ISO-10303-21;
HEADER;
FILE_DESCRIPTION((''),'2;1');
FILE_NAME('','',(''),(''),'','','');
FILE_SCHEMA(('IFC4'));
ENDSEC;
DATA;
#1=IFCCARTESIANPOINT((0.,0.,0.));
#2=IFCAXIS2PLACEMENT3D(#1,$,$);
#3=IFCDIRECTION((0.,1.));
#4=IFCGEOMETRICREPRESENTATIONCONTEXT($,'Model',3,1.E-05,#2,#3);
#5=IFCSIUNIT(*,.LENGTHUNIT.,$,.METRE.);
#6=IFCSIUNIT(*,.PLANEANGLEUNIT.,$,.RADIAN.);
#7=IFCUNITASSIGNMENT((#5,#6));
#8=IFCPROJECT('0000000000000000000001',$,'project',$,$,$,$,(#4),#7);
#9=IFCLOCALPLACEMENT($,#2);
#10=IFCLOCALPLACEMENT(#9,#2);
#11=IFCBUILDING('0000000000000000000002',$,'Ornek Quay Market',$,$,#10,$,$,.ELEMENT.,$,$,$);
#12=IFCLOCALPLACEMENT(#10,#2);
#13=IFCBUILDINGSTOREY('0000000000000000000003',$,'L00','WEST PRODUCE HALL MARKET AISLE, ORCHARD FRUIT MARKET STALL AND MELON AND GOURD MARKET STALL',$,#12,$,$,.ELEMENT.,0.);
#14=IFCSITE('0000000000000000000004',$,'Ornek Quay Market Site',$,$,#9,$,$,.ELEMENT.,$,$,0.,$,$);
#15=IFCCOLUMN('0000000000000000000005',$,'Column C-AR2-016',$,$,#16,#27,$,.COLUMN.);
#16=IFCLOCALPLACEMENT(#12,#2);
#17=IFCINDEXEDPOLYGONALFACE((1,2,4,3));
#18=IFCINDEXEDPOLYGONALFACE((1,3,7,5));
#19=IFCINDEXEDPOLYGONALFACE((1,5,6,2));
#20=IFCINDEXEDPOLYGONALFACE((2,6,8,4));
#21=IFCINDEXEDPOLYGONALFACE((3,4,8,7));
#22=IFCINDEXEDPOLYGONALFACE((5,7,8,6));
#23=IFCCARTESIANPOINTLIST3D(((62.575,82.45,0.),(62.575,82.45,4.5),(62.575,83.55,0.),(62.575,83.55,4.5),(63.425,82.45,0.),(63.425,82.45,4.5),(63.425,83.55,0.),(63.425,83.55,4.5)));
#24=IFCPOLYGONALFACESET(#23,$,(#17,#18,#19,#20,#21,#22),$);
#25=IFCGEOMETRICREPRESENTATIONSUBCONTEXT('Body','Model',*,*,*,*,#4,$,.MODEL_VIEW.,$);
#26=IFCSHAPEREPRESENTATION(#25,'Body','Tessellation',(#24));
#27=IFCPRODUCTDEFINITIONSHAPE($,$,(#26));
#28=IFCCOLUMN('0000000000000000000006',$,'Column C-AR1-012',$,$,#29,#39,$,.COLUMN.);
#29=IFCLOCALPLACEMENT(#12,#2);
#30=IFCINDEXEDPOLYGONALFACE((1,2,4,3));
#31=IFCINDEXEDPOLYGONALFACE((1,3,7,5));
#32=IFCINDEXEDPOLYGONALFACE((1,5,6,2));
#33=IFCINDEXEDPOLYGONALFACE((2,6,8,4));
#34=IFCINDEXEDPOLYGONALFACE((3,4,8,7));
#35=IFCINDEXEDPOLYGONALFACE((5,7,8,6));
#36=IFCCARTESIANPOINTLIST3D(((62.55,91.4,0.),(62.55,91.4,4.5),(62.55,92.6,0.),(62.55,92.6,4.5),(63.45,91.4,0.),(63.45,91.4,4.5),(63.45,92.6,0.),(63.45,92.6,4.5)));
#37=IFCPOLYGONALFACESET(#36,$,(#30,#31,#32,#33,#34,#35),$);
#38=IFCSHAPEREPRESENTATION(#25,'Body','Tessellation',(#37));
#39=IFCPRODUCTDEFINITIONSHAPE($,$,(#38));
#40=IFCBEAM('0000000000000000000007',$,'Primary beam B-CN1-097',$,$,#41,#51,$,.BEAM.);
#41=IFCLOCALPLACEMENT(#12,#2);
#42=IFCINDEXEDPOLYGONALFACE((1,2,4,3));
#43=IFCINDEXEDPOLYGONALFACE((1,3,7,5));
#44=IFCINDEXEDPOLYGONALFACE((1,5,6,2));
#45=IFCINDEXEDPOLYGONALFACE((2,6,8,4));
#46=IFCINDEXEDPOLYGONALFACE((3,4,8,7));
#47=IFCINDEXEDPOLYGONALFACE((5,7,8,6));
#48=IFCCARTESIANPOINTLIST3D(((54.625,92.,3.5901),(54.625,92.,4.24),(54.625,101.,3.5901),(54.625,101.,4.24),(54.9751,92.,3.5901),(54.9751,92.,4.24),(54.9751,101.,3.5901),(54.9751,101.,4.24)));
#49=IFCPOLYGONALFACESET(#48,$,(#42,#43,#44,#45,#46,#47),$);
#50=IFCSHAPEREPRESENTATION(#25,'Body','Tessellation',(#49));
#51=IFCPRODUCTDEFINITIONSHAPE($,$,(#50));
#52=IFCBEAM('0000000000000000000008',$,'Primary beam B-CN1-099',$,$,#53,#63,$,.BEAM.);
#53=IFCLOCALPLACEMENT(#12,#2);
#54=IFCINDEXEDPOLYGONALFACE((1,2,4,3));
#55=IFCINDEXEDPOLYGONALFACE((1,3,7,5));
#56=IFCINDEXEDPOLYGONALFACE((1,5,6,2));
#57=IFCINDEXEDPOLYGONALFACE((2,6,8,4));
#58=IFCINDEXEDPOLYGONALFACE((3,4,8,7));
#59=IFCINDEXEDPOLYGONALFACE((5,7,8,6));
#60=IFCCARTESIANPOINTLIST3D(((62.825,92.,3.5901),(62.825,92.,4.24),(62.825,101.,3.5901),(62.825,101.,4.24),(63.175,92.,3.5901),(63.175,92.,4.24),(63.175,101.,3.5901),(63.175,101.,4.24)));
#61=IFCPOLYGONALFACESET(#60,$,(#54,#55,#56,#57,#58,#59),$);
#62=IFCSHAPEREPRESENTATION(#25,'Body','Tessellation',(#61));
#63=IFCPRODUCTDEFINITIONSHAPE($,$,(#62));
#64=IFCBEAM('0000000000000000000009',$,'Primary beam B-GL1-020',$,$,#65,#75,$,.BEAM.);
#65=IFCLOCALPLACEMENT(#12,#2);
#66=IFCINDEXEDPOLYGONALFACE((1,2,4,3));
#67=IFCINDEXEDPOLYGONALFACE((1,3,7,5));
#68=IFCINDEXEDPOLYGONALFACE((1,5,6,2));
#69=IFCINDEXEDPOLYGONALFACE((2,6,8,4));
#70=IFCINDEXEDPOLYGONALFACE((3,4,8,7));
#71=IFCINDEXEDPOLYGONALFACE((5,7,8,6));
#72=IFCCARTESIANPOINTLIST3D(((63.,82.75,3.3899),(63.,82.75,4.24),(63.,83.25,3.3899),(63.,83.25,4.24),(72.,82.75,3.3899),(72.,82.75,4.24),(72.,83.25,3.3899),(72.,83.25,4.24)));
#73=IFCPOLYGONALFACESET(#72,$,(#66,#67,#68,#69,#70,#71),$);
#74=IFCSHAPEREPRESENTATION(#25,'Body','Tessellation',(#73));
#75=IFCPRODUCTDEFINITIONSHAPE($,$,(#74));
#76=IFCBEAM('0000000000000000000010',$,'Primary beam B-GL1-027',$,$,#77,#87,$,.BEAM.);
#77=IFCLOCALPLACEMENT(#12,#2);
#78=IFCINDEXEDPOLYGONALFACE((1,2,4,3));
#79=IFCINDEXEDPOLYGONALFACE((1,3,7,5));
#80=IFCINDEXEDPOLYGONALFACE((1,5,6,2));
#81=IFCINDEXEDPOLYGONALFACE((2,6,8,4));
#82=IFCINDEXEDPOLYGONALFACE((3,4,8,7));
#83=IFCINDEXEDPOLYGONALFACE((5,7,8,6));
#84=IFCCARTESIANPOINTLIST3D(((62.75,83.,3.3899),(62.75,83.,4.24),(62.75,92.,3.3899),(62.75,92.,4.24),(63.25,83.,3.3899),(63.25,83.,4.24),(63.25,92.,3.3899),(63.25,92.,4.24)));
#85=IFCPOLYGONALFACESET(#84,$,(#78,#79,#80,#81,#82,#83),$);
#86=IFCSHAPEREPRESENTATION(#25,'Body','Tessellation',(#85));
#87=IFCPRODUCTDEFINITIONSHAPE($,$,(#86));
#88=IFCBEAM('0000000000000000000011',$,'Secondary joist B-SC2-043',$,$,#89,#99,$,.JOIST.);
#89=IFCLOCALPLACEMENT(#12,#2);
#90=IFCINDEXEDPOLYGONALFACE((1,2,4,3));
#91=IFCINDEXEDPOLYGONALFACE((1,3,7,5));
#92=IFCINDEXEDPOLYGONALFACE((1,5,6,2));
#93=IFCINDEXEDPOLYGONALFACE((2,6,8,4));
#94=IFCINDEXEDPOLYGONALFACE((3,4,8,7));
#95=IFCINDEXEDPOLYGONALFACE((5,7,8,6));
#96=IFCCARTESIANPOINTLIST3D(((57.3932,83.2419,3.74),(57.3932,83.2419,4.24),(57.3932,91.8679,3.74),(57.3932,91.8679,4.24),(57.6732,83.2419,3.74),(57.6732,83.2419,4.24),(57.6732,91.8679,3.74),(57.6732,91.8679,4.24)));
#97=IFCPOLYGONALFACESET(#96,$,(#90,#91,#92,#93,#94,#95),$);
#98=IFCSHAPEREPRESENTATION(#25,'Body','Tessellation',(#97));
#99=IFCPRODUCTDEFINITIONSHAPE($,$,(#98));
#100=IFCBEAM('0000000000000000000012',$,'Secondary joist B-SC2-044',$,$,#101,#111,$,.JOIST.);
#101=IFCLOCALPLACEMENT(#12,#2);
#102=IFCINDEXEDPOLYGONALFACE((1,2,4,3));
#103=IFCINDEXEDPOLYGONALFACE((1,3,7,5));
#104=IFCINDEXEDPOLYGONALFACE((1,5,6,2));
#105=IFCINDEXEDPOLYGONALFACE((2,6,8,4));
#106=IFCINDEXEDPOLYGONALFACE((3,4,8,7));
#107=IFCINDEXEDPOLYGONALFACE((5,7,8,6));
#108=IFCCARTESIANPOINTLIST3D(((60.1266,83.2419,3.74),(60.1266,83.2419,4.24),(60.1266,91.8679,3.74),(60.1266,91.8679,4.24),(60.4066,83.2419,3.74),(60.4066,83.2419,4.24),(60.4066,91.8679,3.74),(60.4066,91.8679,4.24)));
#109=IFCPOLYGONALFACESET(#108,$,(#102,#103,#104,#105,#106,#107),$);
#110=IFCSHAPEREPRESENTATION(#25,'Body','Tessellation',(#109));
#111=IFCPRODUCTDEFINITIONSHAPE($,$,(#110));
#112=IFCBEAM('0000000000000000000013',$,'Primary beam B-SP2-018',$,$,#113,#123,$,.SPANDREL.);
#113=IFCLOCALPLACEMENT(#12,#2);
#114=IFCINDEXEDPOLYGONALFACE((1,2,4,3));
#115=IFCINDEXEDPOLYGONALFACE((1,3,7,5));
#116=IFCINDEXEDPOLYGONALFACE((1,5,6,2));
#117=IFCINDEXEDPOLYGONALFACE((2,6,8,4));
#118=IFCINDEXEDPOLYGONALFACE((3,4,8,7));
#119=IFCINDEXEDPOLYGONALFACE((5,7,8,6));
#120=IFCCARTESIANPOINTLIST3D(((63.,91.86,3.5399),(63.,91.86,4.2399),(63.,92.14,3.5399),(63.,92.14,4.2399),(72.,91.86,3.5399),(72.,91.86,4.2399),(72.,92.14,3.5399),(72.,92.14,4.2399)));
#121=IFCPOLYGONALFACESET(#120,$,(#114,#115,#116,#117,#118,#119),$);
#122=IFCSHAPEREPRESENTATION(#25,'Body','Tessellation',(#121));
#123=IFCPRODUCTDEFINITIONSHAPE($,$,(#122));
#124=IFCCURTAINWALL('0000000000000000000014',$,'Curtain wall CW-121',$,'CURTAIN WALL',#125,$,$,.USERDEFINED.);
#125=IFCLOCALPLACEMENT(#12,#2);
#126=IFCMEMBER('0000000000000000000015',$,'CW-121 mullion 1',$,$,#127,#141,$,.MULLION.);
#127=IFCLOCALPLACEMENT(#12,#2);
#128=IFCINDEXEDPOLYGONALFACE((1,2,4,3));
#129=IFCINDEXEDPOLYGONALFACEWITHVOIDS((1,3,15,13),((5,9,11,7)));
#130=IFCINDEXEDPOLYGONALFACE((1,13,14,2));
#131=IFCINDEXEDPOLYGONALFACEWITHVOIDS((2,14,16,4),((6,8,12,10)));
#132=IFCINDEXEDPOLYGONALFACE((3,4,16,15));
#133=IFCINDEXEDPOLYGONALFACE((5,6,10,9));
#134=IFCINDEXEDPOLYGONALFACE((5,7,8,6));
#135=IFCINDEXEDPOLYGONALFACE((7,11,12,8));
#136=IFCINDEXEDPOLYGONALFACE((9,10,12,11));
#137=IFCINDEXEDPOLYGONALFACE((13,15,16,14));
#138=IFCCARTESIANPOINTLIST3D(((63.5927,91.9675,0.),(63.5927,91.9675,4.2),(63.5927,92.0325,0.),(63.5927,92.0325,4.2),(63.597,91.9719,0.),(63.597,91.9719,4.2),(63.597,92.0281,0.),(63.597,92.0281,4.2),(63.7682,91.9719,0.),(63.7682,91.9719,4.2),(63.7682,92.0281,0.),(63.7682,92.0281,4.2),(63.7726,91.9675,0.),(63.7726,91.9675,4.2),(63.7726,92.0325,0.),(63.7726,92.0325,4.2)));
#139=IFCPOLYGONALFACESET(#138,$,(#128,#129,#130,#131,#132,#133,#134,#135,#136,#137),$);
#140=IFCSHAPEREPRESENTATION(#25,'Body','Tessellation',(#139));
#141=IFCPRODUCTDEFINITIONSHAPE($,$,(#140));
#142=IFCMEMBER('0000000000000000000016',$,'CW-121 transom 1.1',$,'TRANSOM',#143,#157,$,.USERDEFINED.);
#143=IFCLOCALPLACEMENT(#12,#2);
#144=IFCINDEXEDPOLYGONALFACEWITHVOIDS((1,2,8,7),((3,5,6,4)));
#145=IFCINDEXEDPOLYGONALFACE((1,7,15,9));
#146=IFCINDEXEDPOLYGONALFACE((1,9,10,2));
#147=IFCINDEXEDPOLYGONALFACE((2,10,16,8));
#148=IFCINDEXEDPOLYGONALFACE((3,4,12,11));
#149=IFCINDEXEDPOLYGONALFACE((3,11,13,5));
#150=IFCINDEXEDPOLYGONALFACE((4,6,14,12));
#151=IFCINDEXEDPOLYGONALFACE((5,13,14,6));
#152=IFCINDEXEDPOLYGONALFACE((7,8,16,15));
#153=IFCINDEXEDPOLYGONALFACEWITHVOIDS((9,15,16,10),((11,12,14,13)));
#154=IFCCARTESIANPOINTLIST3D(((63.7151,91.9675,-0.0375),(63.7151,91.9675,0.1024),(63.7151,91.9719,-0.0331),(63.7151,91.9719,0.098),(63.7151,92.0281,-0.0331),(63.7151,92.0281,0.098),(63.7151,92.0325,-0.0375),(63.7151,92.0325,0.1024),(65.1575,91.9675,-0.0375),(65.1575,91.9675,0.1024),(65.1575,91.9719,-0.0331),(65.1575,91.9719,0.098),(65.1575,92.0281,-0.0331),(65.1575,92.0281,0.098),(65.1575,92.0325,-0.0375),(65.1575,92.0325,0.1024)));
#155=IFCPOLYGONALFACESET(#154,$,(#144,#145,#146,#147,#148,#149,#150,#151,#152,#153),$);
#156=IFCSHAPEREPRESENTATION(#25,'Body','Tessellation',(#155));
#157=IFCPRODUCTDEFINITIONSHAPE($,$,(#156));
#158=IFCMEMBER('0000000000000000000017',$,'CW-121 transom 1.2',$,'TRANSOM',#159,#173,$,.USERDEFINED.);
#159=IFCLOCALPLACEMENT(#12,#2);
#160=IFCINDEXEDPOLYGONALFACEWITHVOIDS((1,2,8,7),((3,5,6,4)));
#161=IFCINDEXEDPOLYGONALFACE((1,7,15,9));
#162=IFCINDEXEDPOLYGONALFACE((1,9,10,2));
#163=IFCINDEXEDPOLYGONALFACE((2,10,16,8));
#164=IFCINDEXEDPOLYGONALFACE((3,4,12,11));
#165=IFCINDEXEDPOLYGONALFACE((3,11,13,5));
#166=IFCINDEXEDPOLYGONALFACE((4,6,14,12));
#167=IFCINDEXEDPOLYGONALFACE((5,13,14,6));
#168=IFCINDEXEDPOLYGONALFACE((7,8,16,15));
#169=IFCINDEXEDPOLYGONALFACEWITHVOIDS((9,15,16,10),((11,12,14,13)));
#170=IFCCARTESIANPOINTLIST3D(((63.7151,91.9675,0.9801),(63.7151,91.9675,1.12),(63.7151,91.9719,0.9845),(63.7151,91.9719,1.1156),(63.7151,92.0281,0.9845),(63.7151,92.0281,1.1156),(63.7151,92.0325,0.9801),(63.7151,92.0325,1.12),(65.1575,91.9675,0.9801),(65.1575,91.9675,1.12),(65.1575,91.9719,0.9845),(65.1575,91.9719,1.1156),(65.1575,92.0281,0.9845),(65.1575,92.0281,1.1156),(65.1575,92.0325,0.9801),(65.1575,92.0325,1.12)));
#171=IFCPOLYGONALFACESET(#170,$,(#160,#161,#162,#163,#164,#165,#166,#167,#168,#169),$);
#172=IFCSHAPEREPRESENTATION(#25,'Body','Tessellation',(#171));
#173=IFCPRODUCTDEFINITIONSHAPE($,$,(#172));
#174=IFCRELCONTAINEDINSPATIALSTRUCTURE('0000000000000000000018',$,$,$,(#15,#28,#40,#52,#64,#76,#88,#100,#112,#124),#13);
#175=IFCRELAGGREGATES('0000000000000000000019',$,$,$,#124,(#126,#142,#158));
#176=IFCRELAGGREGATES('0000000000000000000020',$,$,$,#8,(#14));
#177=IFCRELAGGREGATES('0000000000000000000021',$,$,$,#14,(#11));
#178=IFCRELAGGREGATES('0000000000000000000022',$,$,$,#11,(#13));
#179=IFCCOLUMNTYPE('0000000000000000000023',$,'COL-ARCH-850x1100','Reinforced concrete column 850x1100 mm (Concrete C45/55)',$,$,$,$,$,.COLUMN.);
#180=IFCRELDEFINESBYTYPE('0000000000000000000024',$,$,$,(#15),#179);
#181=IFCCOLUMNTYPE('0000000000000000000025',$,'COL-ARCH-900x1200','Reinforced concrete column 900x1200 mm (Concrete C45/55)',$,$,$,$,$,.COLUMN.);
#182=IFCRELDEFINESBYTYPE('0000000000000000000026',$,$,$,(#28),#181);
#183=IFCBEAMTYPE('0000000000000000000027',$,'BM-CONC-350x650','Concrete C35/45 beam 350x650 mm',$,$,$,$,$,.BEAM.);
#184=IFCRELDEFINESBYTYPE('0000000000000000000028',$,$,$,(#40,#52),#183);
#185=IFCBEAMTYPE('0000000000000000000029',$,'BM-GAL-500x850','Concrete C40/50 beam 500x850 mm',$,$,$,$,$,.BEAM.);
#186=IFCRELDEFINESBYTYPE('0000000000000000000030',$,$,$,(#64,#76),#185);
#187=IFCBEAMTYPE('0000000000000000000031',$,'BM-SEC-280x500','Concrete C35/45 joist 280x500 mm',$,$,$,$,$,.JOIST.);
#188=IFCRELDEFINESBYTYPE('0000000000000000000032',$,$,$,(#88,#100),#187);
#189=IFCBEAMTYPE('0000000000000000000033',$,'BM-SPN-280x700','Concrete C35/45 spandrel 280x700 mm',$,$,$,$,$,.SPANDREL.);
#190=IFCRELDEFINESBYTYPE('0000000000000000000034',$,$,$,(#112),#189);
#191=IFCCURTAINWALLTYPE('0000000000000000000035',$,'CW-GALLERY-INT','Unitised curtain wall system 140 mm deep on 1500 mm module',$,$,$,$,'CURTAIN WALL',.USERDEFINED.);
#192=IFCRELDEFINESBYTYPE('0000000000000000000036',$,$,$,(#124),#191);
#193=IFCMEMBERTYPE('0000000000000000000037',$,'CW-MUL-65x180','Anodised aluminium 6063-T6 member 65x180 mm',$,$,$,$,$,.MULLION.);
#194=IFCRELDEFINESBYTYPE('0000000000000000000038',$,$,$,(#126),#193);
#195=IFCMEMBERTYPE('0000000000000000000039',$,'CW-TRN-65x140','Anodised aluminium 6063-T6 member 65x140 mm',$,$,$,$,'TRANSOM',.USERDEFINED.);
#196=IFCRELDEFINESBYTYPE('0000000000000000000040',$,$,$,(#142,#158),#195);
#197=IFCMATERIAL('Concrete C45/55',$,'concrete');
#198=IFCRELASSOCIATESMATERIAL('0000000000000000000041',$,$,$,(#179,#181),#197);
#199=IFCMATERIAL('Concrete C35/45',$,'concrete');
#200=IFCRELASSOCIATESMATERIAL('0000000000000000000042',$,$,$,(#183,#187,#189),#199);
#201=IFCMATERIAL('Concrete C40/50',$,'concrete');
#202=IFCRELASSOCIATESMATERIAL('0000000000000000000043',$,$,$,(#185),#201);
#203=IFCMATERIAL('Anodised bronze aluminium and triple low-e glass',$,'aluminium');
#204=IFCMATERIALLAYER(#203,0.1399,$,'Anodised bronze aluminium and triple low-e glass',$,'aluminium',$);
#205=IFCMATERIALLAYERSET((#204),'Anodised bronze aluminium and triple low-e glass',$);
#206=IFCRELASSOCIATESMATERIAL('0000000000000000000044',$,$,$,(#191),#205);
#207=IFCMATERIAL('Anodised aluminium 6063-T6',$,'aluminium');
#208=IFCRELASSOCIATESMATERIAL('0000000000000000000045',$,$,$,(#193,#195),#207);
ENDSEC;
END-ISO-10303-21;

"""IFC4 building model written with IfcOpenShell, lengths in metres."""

from ifc_helpers import new_model, si_unit, direction, frame, origin, origin_2d, place, context, subcontext, project, spatial, rectangle, hollow_rectangle, extrude, material, layer, layer_set, material_profile, profile_set, type_object, element, aggregate, save


model = new_model("IFC4")

# Units and contexts
model_context = context("Model", 3, precision=1e-05, world=origin(), true_north=direction((0.0, 1.0)))
body_context = subcontext(model_context, "Body", "Model", "MODEL_VIEW")
ifc_project = project(units=[si_unit("LENGTHUNIT", "METRE"), si_unit("PLANEANGLEUNIT", "RADIAN")], contexts=[model_context])

# Site, building, storey
site_placement = place(None, origin())
site = spatial("IfcSite", under=ifc_project, at=site_placement, Name="Ornek Quay Market Site", CompositionType="ELEMENT", RefElevation=0.0)
building_placement = place(site_placement, origin())
building = spatial("IfcBuilding", under=site, at=building_placement, Name="Ornek Quay Market", CompositionType="ELEMENT")
storey_placement = place(building_placement, origin())
storey = spatial("IfcBuildingStorey", under=building, at=storey_placement, Name="L00", Description="WEST PRODUCE HALL MARKET AISLE, ORCHARD FRUIT MARKET STALL AND MELON AND GOURD MARKET STALL", CompositionType="ELEMENT", Elevation=0.0)

# Columns
ifc_material_1 = material(Name="Concrete C45/55", Category="concrete")
ifc_material_profile_1 = material_profile(ifc_material_1, rectangle(XDim=0.8501, YDim=1.1001, at=origin_2d()), Name="RC 850x1100", Category="concrete")
ifc_profile_set_1 = profile_set([ifc_material_profile_1], Name="Concrete C45/55")
column_type_1 = type_object("IfcColumnType", Name="COL-ARCH-850x1100", Description="Reinforced concrete column 850x1100 mm (Concrete C45/55)", PredefinedType="COLUMN", material=ifc_profile_set_1)
column_1_placement = place(storey_placement, frame((63.0, 83.0, 0.0), z_axis=(0.0, 0.0, 1.0), x_axis=(1.0, 0.0, 0.0)))
element("IfcColumn", 1, at=column_1_placement, inside=storey, type_object=column_type_1, Name="Column C-AR2-016", PredefinedType="COLUMN", context=body_context, shape_type="SweptSolid", body=[
    extrude(rectangle(XDim=0.8501, YDim=1.1001, at=origin_2d()), origin(), (0.0, 0.0, 1.0), 4.5),
])
ifc_material_profile_2 = material_profile(ifc_material_1, rectangle(XDim=0.8999, YDim=1.2, at=origin_2d()), Name="RC 900x1200", Category="concrete")
ifc_profile_set_2 = profile_set([ifc_material_profile_2], Name="Concrete C45/55")
column_type_2 = type_object("IfcColumnType", Name="COL-ARCH-900x1200", Description="Reinforced concrete column 900x1200 mm (Concrete C45/55)", PredefinedType="COLUMN", material=ifc_profile_set_2)
column_2_placement = place(storey_placement, frame((63.0, 92.0, 0.0), z_axis=(0.0, 0.0, 1.0), x_axis=(1.0, 0.0, 0.0)))
element("IfcColumn", 2, at=column_2_placement, inside=storey, type_object=column_type_2, Name="Column C-AR1-012", PredefinedType="COLUMN", context=body_context, shape_type="SweptSolid", body=[
    extrude(rectangle(XDim=0.8999, YDim=1.2, at=origin_2d()), origin(), (0.0, 0.0, 1.0), 4.5),
])

# Beams
ifc_material_2 = material(Name="Concrete C35/45", Category="concrete")
ifc_material_profile_3 = material_profile(ifc_material_2, rectangle(XDim=0.3501, YDim=0.6499, at=origin_2d()), Name="RC 350x650", Category="concrete")
ifc_profile_set_3 = profile_set([ifc_material_profile_3], Name="Concrete C35/45")
beam_type_1 = type_object("IfcBeamType", Name="BM-CONC-350x650", Description="Concrete C35/45 beam 350x650 mm", PredefinedType="BEAM", material=ifc_profile_set_3)
for number, where, z_axis, x_axis, name in (
    (3, (54.8, 92.0, 3.915), (0.0, 1.0, 0.0), (-1.0, 0.0, 0.0), "Primary beam B-CN1-097"),
    (4, (63.0, 92.0, 3.915), (0.0, 1.0, 0.0), (-1.0, 0.0, 0.0), "Primary beam B-CN1-099"),
):
    element("IfcBeam", number, at=place(storey_placement, frame(where, z_axis=z_axis, x_axis=x_axis)), inside=storey, type_object=beam_type_1, Name=name, PredefinedType="BEAM", context=body_context, shape_type="SweptSolid", body=[
        extrude(rectangle(XDim=0.3501, YDim=0.6499, at=origin_2d()), origin(), (0.0, 0.0, 1.0), 9.0),
    ])
ifc_material_3 = material(Name="Concrete C40/50", Category="concrete")
ifc_material_profile_4 = material_profile(ifc_material_3, rectangle(XDim=0.5, YDim=0.8501, at=origin_2d()), Name="RC 500x850", Category="concrete")
ifc_profile_set_4 = profile_set([ifc_material_profile_4], Name="Concrete C40/50")
beam_type_2 = type_object("IfcBeamType", Name="BM-GAL-500x850", Description="Concrete C40/50 beam 500x850 mm", PredefinedType="BEAM", material=ifc_profile_set_4)
for number, where, z_axis, x_axis, name in (
    (5, (63.0, 83.0, 3.8149), (1.0, 0.0, 0.0), (0.0, 1.0, 0.0), "Primary beam B-GL1-020"),
    (6, (63.0, 83.0, 3.8149), (0.0, 1.0, 0.0), (-1.0, 0.0, 0.0), "Primary beam B-GL1-027"),
):
    element("IfcBeam", number, at=place(storey_placement, frame(where, z_axis=z_axis, x_axis=x_axis)), inside=storey, type_object=beam_type_2, Name=name, PredefinedType="BEAM", context=body_context, shape_type="SweptSolid", body=[
        extrude(rectangle(XDim=0.5, YDim=0.8501, at=origin_2d()), origin(), (0.0, 0.0, 1.0), 9.0),
    ])
ifc_material_profile_5 = material_profile(ifc_material_2, rectangle(XDim=0.28, YDim=0.5, at=origin_2d()), Name="RC 280x500", Category="concrete")
ifc_profile_set_5 = profile_set([ifc_material_profile_5], Name="Concrete C35/45")
beam_type_3 = type_object("IfcBeamType", Name="BM-SEC-280x500", Description="Concrete C35/45 joist 280x500 mm", PredefinedType="JOIST", material=ifc_profile_set_5)
for number, where, z_axis, x_axis, name in (
    (7, (57.5332, 83.2419, 3.99), (0.0, 1.0, 0.0), (-1.0, 0.0, 0.0), "Secondary joist B-SC2-043"),
    (8, (60.2666, 83.2419, 3.99), (0.0, 1.0, 0.0), (-1.0, 0.0, 0.0), "Secondary joist B-SC2-044"),
):
    element("IfcBeam", number, at=place(storey_placement, frame(where, z_axis=z_axis, x_axis=x_axis)), inside=storey, type_object=beam_type_3, Name=name, PredefinedType="JOIST", context=body_context, shape_type="SweptSolid", body=[
        extrude(rectangle(XDim=0.28, YDim=0.5, at=origin_2d()), origin(), (0.0, 0.0, 1.0), 8.626),
    ])
ifc_material_profile_6 = material_profile(ifc_material_2, rectangle(XDim=0.28, YDim=0.7, at=origin_2d()), Name="RC 280x700", Category="concrete")
ifc_profile_set_6 = profile_set([ifc_material_profile_6], Name="Concrete C35/45")
beam_type_4 = type_object("IfcBeamType", Name="BM-SPN-280x700", Description="Concrete C35/45 spandrel 280x700 mm", PredefinedType="SPANDREL", material=ifc_profile_set_6)
beam_placement = place(storey_placement, frame((63.0, 92.0, 3.8899), z_axis=(1.0, 0.0, 0.0), x_axis=(0.0, 1.0, 0.0)))
element("IfcBeam", 9, at=beam_placement, inside=storey, type_object=beam_type_4, Name="Primary beam B-SP2-018", PredefinedType="SPANDREL", context=body_context, shape_type="SweptSolid", body=[
    extrude(rectangle(XDim=0.28, YDim=0.7, at=origin_2d()), origin(), (0.0, 0.0, 1.0), 9.0),
])

# Curtain wall, members
ifc_material_4 = material(Name="Anodised bronze aluminium and triple low-e glass", Category="aluminium")
ifc_layer_1 = layer(ifc_material_4, 0.1399, Name="Anodised bronze aluminium and triple low-e glass", Category="aluminium")
ifc_layer_set_1 = layer_set([ifc_layer_1], Name="Anodised bronze aluminium and triple low-e glass")
curtain_wall_type = type_object("IfcCurtainWallType", Name="CW-GALLERY-INT", Description="Unitised curtain wall system 140 mm deep on 1500 mm module", ElementType="CURTAIN WALL", PredefinedType="USERDEFINED", material=ifc_layer_set_1)
curtain_wall_placement = place(storey_placement, origin())
curtain_wall = element("IfcCurtainWall", 10, at=curtain_wall_placement, inside=storey, type_object=curtain_wall_type, Name="Curtain wall CW-121", ObjectType="CURTAIN WALL", PredefinedType="USERDEFINED")
ifc_material_5 = material(Name="Anodised aluminium 6063-T6", Category="aluminium")
ifc_material_profile_7 = material_profile(ifc_material_5, hollow_rectangle(XDim=0.0649, YDim=0.1799, WallThickness=0.0044, at=origin_2d()), Name="CW-MUL-65x180", Category="aluminium")
ifc_profile_set_7 = profile_set([ifc_material_profile_7], Name="Anodised aluminium 6063-T6")
member_type_1 = type_object("IfcMemberType", Name="CW-MUL-65x180", Description="Anodised aluminium 6063-T6 member 65x180 mm", PredefinedType="MULLION", material=ifc_profile_set_7)
member_1_placement = place(storey_placement, frame((63.6826, 92.0, 0.0), z_axis=(0.0, 0.0, 1.0), x_axis=(0.0, 1.0, 0.0)))
member_1 = element("IfcMember", 11, at=member_1_placement, type_object=member_type_1, Name="CW-121 mullion 1", PredefinedType="MULLION", context=body_context, shape_type="SweptSolid", body=[
    extrude(hollow_rectangle(XDim=0.0649, YDim=0.1799, WallThickness=0.0044, at=origin_2d()), origin(), (0.0, 0.0, 1.0), 4.2),
])
ifc_material_profile_8 = material_profile(ifc_material_5, hollow_rectangle(XDim=0.0649, YDim=0.1399, WallThickness=0.0044, at=origin_2d()), Name="CW-TRN-65x140", Category="aluminium")
ifc_profile_set_8 = profile_set([ifc_material_profile_8], Name="Anodised aluminium 6063-T6")
member_type_2 = type_object("IfcMemberType", Name="CW-TRN-65x140", Description="Anodised aluminium 6063-T6 member 65x140 mm", ElementType="TRANSOM", PredefinedType="USERDEFINED", material=ifc_profile_set_8)
member_2_placement = place(storey_placement, frame((63.7151, 92.0, 0.0325), z_axis=(1.0, 0.0, 0.0), x_axis=(0.0, 1.0, 0.0)))
member_2 = element("IfcMember", 12, at=member_2_placement, type_object=member_type_2, Name="CW-121 transom 1.1", ObjectType="TRANSOM", PredefinedType="USERDEFINED", context=body_context, shape_type="SweptSolid", body=[
    extrude(hollow_rectangle(XDim=0.0649, YDim=0.1399, WallThickness=0.0044, at=origin_2d()), origin(), (0.0, 0.0, 1.0), 1.4424),
])
member_3_placement = place(storey_placement, frame((63.7151, 92.0, 1.05), z_axis=(1.0, 0.0, 0.0), x_axis=(0.0, 1.0, 0.0)))
member_3 = element("IfcMember", 13, at=member_3_placement, type_object=member_type_2, Name="CW-121 transom 1.2", ObjectType="TRANSOM", PredefinedType="USERDEFINED", context=body_context, shape_type="SweptSolid", body=[
    extrude(hollow_rectangle(XDim=0.0649, YDim=0.1399, WallThickness=0.0044, at=origin_2d()), origin(), (0.0, 0.0, 1.0), 1.4424),
])
aggregate(curtain_wall, [member_1, member_2, member_3])

save(model, "model.ifc")
